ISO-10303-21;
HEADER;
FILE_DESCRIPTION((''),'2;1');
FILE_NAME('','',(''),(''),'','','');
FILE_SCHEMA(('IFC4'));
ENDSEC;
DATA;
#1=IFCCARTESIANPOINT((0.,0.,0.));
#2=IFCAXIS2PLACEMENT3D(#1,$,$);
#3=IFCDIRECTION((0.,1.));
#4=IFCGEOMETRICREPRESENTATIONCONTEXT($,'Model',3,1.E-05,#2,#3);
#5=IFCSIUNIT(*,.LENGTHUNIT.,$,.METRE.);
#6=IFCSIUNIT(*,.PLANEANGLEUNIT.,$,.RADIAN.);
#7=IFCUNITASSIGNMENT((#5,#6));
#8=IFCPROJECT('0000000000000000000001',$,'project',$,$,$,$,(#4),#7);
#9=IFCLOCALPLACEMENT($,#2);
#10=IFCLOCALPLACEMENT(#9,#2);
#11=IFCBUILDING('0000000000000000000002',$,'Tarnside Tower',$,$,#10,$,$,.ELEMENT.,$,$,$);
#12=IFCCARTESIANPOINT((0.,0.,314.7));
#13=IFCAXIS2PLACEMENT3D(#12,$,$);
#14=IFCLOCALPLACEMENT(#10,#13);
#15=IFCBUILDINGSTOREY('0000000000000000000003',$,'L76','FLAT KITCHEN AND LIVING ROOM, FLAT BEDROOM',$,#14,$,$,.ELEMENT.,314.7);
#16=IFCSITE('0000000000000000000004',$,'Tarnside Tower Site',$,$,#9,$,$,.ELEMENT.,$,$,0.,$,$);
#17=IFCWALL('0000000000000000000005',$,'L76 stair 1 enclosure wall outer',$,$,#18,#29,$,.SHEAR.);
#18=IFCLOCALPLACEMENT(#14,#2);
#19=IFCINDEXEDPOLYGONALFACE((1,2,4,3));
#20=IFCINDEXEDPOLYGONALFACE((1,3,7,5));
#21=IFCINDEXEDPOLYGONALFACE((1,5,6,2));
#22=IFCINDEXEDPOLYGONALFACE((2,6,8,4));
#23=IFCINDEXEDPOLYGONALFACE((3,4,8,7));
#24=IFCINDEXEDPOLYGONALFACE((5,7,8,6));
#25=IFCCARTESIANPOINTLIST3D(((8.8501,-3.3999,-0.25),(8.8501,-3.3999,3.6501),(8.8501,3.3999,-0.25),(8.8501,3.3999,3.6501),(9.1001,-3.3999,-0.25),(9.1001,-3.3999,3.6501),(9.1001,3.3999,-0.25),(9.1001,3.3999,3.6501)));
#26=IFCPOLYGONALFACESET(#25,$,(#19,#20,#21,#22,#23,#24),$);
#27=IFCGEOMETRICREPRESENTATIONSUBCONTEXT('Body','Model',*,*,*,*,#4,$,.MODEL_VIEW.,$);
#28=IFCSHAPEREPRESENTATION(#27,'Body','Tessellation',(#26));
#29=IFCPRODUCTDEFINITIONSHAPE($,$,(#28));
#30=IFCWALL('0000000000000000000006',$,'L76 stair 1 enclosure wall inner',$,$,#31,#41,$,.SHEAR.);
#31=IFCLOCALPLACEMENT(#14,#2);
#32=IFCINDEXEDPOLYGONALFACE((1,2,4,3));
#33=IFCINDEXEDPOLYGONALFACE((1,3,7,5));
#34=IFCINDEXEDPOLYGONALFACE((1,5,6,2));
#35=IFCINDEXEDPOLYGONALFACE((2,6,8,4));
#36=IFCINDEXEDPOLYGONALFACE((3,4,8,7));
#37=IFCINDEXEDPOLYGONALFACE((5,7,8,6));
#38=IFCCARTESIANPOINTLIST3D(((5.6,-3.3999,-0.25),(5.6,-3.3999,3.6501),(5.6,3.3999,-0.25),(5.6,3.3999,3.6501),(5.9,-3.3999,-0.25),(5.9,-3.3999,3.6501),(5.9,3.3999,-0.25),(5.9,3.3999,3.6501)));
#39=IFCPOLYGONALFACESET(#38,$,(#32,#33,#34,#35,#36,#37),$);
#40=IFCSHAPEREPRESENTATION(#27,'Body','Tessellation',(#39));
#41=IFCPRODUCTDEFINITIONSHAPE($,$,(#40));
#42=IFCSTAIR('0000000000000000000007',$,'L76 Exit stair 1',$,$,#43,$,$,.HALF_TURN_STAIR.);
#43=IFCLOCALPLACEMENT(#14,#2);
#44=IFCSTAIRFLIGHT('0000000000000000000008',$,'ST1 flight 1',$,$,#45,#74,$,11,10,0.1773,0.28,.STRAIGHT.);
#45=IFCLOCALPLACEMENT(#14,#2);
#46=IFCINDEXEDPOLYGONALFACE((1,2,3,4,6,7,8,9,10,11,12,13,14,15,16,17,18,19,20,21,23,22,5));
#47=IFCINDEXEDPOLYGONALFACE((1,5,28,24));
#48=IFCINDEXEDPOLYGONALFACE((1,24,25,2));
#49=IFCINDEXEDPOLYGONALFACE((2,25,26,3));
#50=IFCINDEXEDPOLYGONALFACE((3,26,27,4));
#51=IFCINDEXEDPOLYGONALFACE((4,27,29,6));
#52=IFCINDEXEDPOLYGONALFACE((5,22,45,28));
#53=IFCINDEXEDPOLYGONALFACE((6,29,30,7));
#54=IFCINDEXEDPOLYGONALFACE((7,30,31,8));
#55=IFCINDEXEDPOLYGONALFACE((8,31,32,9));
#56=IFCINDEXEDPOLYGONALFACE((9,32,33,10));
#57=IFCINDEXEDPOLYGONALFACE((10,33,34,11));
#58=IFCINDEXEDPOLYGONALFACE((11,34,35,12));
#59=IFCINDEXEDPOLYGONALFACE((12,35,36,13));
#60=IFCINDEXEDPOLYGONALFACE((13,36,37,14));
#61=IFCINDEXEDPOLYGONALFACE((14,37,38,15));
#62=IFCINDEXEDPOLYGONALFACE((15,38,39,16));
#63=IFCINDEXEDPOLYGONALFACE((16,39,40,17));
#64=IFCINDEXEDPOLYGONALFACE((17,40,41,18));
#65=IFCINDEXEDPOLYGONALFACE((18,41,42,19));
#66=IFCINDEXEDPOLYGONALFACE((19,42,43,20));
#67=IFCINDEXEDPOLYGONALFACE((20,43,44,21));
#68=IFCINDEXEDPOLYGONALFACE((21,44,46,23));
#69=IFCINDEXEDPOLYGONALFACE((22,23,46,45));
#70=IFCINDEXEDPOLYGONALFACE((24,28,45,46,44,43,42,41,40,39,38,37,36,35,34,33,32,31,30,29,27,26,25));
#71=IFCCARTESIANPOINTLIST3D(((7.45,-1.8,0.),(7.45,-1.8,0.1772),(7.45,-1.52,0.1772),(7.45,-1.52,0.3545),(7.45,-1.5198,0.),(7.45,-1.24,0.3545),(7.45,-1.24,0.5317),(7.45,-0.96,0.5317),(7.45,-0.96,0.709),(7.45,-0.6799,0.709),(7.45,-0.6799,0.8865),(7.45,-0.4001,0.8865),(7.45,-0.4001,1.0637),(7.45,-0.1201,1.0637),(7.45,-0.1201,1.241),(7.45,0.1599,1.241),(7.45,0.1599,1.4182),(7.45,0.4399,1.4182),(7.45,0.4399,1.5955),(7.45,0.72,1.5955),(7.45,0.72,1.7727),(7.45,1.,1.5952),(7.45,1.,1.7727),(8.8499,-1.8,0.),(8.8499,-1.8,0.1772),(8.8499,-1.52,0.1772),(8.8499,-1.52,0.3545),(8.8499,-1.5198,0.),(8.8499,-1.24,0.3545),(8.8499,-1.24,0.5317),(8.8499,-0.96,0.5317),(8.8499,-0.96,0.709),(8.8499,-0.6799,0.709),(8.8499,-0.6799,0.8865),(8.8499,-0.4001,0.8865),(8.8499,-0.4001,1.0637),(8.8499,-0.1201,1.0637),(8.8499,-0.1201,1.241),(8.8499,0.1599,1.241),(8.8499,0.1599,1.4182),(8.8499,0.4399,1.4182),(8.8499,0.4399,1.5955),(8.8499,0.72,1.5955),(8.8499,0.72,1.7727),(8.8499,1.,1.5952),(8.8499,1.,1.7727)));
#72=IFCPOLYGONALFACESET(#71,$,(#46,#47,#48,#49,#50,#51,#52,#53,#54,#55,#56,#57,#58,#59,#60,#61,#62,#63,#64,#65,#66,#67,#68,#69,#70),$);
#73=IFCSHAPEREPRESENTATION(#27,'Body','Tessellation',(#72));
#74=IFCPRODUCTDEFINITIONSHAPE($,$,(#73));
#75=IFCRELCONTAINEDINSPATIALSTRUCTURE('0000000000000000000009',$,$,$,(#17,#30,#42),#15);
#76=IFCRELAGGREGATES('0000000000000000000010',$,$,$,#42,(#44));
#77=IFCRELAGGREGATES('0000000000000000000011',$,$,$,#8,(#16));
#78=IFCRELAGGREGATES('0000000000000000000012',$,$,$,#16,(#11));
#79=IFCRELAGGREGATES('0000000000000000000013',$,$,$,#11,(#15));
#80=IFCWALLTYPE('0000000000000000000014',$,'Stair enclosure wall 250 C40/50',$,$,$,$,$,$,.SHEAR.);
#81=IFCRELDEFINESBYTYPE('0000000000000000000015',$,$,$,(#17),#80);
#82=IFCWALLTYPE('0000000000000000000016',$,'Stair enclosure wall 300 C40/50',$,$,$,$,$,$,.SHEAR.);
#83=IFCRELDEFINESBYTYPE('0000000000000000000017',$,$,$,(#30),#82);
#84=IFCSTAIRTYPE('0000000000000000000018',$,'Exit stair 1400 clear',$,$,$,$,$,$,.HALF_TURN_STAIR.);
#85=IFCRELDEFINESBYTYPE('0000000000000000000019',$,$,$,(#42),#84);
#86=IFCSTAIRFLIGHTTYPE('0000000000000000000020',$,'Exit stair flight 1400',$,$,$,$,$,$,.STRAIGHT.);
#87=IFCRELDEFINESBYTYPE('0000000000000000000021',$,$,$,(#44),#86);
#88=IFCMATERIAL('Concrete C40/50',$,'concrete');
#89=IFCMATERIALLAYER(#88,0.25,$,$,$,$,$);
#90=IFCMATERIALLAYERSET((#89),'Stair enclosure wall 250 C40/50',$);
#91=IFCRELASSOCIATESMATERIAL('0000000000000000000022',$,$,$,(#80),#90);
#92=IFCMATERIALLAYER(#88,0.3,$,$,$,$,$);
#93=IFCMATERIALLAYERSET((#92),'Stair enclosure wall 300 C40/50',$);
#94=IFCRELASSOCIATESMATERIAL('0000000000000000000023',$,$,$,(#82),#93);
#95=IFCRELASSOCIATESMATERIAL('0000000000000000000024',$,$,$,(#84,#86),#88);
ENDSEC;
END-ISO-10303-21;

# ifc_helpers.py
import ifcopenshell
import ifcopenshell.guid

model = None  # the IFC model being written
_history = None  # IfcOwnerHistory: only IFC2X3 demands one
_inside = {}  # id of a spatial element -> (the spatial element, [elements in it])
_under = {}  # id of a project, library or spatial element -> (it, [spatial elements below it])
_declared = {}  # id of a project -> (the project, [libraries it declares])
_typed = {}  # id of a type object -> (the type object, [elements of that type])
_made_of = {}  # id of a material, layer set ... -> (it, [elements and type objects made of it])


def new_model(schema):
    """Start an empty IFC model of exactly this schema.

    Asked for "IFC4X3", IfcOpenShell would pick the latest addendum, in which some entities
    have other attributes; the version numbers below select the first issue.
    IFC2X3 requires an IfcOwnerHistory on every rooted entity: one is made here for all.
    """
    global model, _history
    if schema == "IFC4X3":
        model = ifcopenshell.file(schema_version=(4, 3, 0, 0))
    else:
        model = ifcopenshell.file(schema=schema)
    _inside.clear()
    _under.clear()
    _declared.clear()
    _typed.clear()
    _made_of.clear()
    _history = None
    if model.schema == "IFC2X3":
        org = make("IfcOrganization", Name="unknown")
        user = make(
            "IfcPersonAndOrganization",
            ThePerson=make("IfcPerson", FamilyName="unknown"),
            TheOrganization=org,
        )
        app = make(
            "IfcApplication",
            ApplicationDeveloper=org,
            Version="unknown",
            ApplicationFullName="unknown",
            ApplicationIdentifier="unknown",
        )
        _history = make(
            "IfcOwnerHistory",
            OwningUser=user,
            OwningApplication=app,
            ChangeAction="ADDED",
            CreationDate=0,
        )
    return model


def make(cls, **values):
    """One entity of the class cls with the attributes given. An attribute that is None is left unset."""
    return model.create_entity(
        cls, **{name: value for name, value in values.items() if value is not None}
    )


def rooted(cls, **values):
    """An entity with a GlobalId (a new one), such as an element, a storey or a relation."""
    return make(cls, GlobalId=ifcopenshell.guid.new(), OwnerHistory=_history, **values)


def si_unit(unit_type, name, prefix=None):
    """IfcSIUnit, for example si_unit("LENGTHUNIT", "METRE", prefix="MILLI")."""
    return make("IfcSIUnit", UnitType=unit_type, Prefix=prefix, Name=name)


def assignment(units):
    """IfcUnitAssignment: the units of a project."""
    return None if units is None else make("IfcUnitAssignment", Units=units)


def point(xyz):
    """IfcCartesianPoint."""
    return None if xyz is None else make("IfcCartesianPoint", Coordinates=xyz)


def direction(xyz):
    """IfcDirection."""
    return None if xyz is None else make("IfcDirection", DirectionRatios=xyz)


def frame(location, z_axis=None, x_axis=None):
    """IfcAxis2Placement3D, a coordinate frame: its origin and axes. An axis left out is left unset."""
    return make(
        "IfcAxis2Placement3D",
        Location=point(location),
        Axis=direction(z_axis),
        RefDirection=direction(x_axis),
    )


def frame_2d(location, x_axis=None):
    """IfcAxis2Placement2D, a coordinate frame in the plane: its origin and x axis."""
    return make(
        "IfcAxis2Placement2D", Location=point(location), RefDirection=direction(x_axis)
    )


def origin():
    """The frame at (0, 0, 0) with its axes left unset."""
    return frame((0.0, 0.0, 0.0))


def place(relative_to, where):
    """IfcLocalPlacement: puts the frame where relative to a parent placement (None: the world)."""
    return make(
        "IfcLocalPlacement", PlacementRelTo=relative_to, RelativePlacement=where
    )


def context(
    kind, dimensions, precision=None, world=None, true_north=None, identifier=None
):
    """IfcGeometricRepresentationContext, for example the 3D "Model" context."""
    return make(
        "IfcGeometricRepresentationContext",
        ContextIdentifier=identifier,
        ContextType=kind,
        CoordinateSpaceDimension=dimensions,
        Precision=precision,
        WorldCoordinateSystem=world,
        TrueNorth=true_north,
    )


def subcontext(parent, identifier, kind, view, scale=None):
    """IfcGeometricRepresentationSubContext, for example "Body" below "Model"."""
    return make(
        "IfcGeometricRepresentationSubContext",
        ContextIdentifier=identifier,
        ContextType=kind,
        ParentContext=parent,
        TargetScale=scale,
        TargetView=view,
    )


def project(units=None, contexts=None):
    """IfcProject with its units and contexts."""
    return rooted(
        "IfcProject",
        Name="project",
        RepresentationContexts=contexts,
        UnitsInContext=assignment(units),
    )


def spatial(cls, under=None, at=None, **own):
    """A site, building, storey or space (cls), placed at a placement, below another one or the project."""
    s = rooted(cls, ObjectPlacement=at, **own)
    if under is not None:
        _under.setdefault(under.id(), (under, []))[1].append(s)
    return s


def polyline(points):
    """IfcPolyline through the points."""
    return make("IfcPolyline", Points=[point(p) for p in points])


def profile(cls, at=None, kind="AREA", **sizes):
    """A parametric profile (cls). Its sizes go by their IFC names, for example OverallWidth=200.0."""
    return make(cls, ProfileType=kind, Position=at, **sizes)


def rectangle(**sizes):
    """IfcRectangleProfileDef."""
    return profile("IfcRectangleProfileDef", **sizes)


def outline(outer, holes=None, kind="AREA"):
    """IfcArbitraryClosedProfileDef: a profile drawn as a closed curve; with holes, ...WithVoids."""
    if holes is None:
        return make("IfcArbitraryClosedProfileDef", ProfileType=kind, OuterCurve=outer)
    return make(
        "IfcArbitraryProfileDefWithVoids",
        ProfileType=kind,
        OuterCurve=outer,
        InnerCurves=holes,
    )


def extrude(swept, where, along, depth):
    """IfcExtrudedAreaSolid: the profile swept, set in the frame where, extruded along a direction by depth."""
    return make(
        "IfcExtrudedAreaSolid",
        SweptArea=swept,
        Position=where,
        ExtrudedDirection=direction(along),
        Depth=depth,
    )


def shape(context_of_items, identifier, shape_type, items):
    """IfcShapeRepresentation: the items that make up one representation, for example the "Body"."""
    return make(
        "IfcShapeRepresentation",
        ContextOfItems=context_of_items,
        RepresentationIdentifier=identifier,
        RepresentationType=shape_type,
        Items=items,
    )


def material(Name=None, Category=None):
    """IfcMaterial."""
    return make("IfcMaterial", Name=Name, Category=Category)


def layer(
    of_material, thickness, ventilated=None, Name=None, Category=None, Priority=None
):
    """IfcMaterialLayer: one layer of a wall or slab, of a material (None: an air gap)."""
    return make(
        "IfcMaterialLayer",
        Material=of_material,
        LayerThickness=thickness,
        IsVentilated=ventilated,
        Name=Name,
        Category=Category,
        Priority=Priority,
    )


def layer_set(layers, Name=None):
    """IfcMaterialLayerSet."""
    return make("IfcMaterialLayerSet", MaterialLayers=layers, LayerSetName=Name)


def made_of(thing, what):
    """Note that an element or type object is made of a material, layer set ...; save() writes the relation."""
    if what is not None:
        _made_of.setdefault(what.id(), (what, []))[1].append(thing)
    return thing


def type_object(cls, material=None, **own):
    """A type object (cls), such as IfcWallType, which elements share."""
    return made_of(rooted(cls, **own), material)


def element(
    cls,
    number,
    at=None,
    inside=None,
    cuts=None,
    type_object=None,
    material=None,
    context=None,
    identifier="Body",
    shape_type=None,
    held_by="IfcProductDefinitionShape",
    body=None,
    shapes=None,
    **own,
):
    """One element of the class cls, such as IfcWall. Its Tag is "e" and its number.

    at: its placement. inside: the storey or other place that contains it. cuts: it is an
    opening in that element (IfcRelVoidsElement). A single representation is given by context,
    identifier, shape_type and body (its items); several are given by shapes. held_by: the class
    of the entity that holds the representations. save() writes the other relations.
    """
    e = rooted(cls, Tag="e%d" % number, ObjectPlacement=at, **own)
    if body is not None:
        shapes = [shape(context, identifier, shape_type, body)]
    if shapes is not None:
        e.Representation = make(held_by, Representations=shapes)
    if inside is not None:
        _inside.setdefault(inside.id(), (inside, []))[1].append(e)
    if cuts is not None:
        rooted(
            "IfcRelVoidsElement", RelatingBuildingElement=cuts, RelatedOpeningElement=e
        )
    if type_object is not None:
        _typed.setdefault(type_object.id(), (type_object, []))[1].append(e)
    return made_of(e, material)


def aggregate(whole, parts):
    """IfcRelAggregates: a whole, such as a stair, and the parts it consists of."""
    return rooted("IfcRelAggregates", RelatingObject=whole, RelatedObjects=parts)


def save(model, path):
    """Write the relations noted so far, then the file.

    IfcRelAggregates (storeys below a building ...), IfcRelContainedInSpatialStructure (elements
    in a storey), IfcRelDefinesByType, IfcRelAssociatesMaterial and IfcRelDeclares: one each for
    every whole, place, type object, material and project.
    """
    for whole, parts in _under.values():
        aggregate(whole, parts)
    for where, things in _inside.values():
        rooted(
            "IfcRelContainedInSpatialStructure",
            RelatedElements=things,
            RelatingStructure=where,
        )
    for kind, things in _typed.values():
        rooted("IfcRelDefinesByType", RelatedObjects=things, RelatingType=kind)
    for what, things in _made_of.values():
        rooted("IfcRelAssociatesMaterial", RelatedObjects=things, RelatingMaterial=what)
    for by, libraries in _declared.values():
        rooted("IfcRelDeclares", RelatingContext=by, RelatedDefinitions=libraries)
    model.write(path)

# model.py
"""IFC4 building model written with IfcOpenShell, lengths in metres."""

from ifc_helpers import new_model, si_unit, direction, frame, frame_2d, origin, place, context, subcontext, project, spatial, polyline, rectangle, outline, extrude, material, layer, layer_set, type_object, element, aggregate, save


model = new_model("IFC4")

# Units and contexts
model_context = context("Model", 3, precision=1e-05, world=origin(), true_north=direction((0.0, 1.0)))
body_context = subcontext(model_context, "Body", "Model", "MODEL_VIEW")
ifc_project = project(units=[si_unit("LENGTHUNIT", "METRE"), si_unit("PLANEANGLEUNIT", "RADIAN")], contexts=[model_context])

# Site, building, storey
site_placement = place(None, origin())
site = spatial("IfcSite", under=ifc_project, at=site_placement, Name="Tarnside Tower Site", CompositionType="ELEMENT", RefElevation=0.0)
building_placement = place(site_placement, origin())
building = spatial("IfcBuilding", under=site, at=building_placement, Name="Tarnside Tower", CompositionType="ELEMENT")
storey_placement = place(building_placement, frame((0.0, 0.0, 314.7)))
storey = spatial("IfcBuildingStorey", under=building, at=storey_placement, Name="L76", Description="FLAT KITCHEN AND LIVING ROOM, FLAT BEDROOM", CompositionType="ELEMENT", Elevation=314.7)

# Shared definitions
ifc_material_1 = material(Name="Concrete C40/50", Category="concrete")

# Walls
ifc_layer_1 = layer(ifc_material_1, 0.25)
ifc_layer_set_1 = layer_set([ifc_layer_1], Name="Stair enclosure wall 250 C40/50")
wall_type_1 = type_object("IfcWallType", Name="Stair enclosure wall 250 C40/50", PredefinedType="SHEAR", material=ifc_layer_set_1)
wall_1_placement = place(storey_placement, frame((8.9751, -3.3999, -0.25), z_axis=(0.0, 0.0, 1.0), x_axis=(0.0, 1.0, 0.0)))
element("IfcWall", 1, at=wall_1_placement, inside=storey, type_object=wall_type_1, Name="L76 stair 1 enclosure wall outer", PredefinedType="SHEAR", context=body_context, shape_type="SweptSolid", body=[
    extrude(rectangle(XDim=6.7998, YDim=0.25, at=frame_2d((3.3999, 0.0))), origin(), (0.0, 0.0, 1.0), 3.9001),
])
ifc_layer_2 = layer(ifc_material_1, 0.3)
ifc_layer_set_2 = layer_set([ifc_layer_2], Name="Stair enclosure wall 300 C40/50")
wall_type_2 = type_object("IfcWallType", Name="Stair enclosure wall 300 C40/50", PredefinedType="SHEAR", material=ifc_layer_set_2)
wall_2_placement = place(storey_placement, frame((5.75, -3.3999, -0.25), z_axis=(0.0, 0.0, 1.0), x_axis=(0.0, 1.0, 0.0)))
element("IfcWall", 2, at=wall_2_placement, inside=storey, type_object=wall_type_2, Name="L76 stair 1 enclosure wall inner", PredefinedType="SHEAR", context=body_context, shape_type="SweptSolid", body=[
    extrude(rectangle(XDim=6.7998, YDim=0.3, at=frame_2d((3.3999, 0.0))), origin(), (0.0, 0.0, 1.0), 3.9001),
])

# Stair, stair flight
stair_type = type_object("IfcStairType", Name="Exit stair 1400 clear", PredefinedType="HALF_TURN_STAIR", material=ifc_material_1)
stair_placement = place(storey_placement, origin())
stair = element("IfcStair", 3, at=stair_placement, inside=storey, type_object=stair_type, Name="L76 Exit stair 1", PredefinedType="HALF_TURN_STAIR")
stair_flight_type = type_object("IfcStairFlightType", Name="Exit stair flight 1400", PredefinedType="STRAIGHT", material=ifc_material_1)
stair_flight_placement = place(storey_placement, frame((8.1499, -1.8, 0.0), z_axis=(0.0, 0.0, 1.0), x_axis=(0.0, 1.0, 0.0)))
stair_flight = element("IfcStairFlight", 4, at=stair_flight_placement, type_object=stair_flight_type, Name="ST1 flight 1", NumberOfRisers=11, NumberOfTreads=10, PredefinedType="STRAIGHT", RiserHeight=0.1773, TreadLength=0.28, context=body_context, shape_type="SweptSolid", body=[
    extrude(outline(polyline([(0.0, 0.0), (0.0, 0.1772), (0.28, 0.1772), (0.28, 0.3545), (0.5601, 0.3545), (0.5601, 0.5317), (0.8401, 0.5317), (0.8401, 0.709), (1.1201, 0.709), (1.1201, 0.8865), (1.3999, 0.8865), (1.3999, 1.0637), (1.6799, 1.0637), (1.6799, 1.241), (1.96, 1.241), (1.96, 1.4182), (2.24, 1.4182), (2.24, 1.5955), (2.52, 1.5955), (2.52, 1.7727), (2.8, 1.7727), (2.8, 1.95), (2.8, 1.5952), (0.2803, 0.0), (0.0, 0.0)])), frame((0.0, 0.7, 0.0), z_axis=(0.0, -1.0, 0.0), x_axis=(1.0, 0.0, 0.0)), (0.0, 0.0, 1.0), 1.3999),
])
aggregate(stair, [stair_flight])

save(model, "model.ifc")
